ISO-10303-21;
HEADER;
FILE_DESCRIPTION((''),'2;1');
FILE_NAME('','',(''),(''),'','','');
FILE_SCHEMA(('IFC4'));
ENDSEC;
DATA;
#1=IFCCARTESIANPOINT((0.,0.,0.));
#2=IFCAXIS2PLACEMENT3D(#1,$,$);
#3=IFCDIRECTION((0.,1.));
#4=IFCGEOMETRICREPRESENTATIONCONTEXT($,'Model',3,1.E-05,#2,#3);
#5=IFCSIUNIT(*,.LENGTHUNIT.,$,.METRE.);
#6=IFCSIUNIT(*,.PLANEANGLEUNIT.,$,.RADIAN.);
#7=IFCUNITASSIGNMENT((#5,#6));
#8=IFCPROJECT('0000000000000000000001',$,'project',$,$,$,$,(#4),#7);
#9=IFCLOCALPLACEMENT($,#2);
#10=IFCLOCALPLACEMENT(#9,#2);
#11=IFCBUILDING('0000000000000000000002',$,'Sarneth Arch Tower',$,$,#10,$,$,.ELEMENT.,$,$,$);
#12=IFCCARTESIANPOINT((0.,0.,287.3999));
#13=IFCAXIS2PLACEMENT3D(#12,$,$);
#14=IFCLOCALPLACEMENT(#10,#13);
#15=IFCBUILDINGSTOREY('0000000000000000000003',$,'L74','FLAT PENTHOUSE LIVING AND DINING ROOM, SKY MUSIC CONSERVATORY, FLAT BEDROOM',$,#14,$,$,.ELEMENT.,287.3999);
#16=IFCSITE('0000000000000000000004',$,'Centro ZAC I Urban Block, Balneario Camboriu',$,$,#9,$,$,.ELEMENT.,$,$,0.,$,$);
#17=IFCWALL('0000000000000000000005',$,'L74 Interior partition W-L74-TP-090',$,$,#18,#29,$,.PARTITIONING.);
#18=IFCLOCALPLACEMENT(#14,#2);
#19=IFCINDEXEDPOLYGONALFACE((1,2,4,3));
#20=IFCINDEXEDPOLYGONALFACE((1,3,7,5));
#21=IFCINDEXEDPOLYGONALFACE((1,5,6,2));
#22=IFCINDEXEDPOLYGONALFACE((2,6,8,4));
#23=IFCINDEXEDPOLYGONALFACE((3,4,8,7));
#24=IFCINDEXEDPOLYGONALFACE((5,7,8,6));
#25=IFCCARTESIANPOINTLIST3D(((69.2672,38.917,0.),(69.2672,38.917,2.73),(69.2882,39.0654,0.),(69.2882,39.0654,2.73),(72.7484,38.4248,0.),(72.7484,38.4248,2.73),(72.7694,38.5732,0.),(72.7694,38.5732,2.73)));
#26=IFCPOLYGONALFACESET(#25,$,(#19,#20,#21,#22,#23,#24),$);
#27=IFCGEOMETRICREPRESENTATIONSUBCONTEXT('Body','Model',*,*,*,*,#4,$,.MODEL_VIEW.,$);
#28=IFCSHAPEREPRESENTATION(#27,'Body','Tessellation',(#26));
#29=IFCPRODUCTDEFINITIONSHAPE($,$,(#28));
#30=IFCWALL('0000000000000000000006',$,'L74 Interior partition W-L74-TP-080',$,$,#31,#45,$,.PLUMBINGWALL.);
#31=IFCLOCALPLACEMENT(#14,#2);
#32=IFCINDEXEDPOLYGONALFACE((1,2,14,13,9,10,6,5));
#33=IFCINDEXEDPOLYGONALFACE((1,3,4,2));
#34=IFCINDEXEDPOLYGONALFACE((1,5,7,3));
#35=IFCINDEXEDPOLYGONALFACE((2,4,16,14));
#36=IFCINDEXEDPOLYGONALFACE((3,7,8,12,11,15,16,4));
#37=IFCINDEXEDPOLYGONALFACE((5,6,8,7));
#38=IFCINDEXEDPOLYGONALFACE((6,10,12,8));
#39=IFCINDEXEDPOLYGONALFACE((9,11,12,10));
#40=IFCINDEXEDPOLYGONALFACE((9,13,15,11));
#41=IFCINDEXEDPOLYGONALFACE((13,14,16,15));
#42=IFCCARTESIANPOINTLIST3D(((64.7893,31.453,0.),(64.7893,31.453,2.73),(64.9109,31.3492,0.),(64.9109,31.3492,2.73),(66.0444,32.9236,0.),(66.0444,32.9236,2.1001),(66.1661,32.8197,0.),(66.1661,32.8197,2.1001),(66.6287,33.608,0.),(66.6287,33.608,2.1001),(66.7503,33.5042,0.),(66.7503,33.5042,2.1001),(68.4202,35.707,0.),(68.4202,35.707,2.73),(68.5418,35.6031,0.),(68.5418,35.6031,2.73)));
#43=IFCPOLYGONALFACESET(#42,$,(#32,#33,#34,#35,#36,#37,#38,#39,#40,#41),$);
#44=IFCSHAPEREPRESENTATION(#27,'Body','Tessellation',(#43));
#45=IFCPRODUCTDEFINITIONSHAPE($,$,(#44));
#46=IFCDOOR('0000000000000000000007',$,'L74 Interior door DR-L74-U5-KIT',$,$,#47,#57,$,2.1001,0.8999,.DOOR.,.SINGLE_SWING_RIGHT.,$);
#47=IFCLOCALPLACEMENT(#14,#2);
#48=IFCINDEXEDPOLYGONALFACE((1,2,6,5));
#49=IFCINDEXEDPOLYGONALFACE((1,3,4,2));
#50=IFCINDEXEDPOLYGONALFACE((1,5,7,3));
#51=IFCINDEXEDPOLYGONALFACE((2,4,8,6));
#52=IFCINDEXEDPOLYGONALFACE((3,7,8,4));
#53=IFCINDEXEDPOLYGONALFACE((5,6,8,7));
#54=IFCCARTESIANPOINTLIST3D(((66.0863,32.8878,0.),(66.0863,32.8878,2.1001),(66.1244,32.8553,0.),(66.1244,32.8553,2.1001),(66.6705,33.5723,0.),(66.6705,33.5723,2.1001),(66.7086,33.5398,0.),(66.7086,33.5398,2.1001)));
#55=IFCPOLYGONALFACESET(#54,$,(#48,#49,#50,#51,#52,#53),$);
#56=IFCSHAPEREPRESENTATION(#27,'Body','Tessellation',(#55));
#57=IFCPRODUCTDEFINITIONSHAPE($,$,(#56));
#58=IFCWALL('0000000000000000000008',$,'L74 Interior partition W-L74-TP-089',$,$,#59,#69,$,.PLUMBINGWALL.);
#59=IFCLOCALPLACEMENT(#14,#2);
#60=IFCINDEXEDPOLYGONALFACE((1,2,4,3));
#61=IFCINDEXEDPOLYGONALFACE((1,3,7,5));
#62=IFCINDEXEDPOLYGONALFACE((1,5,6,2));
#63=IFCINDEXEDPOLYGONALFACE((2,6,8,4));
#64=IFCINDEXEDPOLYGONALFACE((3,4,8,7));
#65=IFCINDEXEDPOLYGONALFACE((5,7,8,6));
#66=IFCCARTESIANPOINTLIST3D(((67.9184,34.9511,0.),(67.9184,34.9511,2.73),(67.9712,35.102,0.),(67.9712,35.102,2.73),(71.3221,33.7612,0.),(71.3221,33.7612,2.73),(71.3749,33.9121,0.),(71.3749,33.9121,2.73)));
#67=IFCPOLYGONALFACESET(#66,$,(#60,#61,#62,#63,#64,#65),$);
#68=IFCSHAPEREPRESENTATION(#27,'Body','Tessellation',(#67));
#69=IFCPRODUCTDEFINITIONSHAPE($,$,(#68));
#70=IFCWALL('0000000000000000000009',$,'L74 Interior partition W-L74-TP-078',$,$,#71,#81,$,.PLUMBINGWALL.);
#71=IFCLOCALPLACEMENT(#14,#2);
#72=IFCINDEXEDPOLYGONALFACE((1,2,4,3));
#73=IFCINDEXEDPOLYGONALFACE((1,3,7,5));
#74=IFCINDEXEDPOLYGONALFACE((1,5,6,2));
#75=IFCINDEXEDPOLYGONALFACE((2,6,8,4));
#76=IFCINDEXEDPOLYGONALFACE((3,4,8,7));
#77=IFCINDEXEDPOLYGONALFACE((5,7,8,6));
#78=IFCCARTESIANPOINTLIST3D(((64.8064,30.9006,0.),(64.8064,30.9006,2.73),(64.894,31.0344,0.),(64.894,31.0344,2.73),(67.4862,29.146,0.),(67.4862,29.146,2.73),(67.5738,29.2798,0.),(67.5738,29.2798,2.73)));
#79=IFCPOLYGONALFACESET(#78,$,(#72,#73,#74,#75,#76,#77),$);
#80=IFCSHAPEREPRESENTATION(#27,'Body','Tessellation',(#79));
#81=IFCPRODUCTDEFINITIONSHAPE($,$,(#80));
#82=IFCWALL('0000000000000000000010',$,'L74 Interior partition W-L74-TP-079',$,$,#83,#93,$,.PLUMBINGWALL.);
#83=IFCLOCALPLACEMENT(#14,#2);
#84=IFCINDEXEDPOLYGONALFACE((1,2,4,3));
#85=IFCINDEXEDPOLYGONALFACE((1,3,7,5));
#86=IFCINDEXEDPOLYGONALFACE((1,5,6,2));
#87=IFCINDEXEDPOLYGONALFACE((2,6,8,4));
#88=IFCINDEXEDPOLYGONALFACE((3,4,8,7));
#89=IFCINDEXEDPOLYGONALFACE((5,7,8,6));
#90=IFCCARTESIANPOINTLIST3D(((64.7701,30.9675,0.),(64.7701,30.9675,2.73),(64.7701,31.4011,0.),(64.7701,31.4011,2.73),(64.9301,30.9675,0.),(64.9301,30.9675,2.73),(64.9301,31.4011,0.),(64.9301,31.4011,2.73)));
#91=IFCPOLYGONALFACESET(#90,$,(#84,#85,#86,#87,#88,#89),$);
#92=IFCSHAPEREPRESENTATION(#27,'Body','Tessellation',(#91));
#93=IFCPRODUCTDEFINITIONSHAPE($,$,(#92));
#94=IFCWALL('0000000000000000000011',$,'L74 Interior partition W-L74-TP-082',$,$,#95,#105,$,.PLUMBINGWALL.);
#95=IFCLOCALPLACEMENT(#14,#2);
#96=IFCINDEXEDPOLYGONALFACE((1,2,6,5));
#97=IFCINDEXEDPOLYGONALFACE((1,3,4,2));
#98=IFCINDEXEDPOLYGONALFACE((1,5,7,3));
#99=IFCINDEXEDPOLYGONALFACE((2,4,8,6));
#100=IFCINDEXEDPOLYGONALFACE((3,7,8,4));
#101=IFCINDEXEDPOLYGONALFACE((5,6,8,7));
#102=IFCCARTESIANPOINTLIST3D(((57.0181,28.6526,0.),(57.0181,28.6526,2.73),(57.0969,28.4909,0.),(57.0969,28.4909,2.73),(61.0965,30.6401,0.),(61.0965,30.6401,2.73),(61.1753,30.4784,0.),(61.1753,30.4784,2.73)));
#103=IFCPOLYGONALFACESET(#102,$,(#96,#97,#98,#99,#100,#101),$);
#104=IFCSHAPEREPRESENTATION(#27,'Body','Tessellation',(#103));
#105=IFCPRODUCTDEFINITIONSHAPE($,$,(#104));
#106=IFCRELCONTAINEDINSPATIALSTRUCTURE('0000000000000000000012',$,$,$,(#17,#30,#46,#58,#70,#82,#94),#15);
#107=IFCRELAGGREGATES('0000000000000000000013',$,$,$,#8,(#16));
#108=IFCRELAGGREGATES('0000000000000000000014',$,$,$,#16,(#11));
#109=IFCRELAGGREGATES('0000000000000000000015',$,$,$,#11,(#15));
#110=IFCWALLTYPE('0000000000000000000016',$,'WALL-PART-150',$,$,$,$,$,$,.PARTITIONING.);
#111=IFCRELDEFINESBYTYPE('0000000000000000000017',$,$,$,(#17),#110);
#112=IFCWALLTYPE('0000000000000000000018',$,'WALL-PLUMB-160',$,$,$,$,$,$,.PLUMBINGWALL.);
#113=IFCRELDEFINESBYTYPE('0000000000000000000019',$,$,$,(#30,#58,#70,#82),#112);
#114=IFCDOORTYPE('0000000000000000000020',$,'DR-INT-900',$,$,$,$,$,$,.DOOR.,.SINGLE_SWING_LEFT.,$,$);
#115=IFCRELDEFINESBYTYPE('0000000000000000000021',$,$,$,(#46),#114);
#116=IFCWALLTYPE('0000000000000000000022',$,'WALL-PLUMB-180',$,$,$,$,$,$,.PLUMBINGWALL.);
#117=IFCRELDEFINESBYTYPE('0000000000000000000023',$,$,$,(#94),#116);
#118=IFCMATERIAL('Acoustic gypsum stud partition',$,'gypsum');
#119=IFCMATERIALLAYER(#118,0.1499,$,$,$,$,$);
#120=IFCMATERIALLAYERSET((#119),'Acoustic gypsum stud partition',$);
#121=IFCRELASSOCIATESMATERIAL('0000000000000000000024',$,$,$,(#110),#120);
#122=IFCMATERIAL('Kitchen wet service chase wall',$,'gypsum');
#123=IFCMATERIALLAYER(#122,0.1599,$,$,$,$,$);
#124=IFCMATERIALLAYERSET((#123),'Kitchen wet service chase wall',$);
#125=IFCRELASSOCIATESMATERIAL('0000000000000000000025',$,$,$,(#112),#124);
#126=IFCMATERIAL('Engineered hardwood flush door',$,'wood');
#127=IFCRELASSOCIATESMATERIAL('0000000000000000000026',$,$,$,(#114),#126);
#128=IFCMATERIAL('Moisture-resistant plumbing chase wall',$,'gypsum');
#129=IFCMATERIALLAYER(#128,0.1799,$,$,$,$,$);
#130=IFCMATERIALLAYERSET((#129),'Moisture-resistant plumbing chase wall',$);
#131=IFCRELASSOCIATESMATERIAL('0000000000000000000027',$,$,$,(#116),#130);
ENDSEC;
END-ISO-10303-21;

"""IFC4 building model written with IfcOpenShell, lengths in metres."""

from ifc_helpers import new_model, si_unit, direction, frame, frame_2d, origin, place, context, subcontext, project, spatial, rectangle, extrude, material, layer, layer_set, type_object, element, fill, save


model = new_model("IFC4")

# Units and contexts
model_context = context("Model", 3, precision=1e-05, world=origin(), true_north=direction((0.0, 1.0)))
body_context = subcontext(model_context, "Body", "Model", "MODEL_VIEW")
ifc_project = project(units=[si_unit("LENGTHUNIT", "METRE"), si_unit("PLANEANGLEUNIT", "RADIAN")], contexts=[model_context])

# Site, building, storey
site_placement = place(None, origin())
site = spatial("IfcSite", under=ifc_project, at=site_placement, Name="Centro ZAC I Urban Block, Balneario Camboriu", CompositionType="ELEMENT", RefElevation=0.0)
building_placement = place(site_placement, origin())
building = spatial("IfcBuilding", under=site, at=building_placement, Name="Sarneth Arch Tower", CompositionType="ELEMENT")
storey_placement = place(building_placement, frame((0.0, 0.0, 287.3999)))
storey = spatial("IfcBuildingStorey", under=building, at=storey_placement, Name="L74", Description="FLAT PENTHOUSE LIVING AND DINING ROOM, SKY MUSIC CONSERVATORY, FLAT BEDROOM", CompositionType="ELEMENT", Elevation=287.3999)

# Wall
ifc_material_1 = material(Name="Acoustic gypsum stud partition", Category="gypsum")
ifc_layer_1 = layer(ifc_material_1, 0.1499)
ifc_layer_set_1 = layer_set([ifc_layer_1], Name="Acoustic gypsum stud partition")
wall_type_1 = type_object("IfcWallType", Name="WALL-PART-150", PredefinedType="PARTITIONING", material=ifc_layer_set_1)
wall_1_placement = place(storey_placement, frame((72.7588, 38.499, 0.0), z_axis=(0.0, 0.0, 1.0), x_axis=(-0.990153, 0.139992, 0.0)))
element("IfcWall", 1, at=wall_1_placement, inside=storey, type_object=wall_type_1, Name="L74 Interior partition W-L74-TP-090", PredefinedType="PARTITIONING", context=body_context, shape_type="SweptSolid", body=[
    extrude(rectangle(XDim=3.5159, YDim=0.1499, at=frame_2d((1.7578, 0.0))), origin(), (0.0, 0.0, 1.0), 2.73),
])

# Wall, opening, door
ifc_material_2 = material(Name="Kitchen wet service chase wall", Category="gypsum")
ifc_layer_2 = layer(ifc_material_2, 0.1599)
ifc_layer_set_2 = layer_set([ifc_layer_2], Name="Kitchen wet service chase wall")
wall_type_2 = type_object("IfcWallType", Name="WALL-PLUMB-160", PredefinedType="PLUMBINGWALL", material=ifc_layer_set_2)
wall_2_placement = place(storey_placement, frame((64.8501, 31.4011, 0.0), z_axis=(0.0, 0.0, 1.0), x_axis=(0.649208, 0.760611, 0.0)))
wall_2 = element("IfcWall", 2, at=wall_2_placement, inside=storey, type_object=wall_type_2, Name="L74 Interior partition W-L74-TP-080", PredefinedType="PLUMBINGWALL", context=body_context, shape_type="SweptSolid", body=[
    extrude(rectangle(XDim=5.5928, YDim=0.1599, at=frame_2d((2.7964, 0.0))), origin(), (0.0, 0.0, 1.0), 2.73),
])
opening_1_placement = place(wall_2_placement, frame((1.9333, 0.0, 0.0)))
opening_1 = element("IfcOpeningElement", 3, at=opening_1_placement, cuts=wall_2, PredefinedType="OPENING", context=body_context, shape_type="SweptSolid", body=[
    extrude(rectangle(XDim=0.8999, YDim=2.1001, at=frame_2d((0.45, 1.05))), frame((0.0, 0.0898, 0.0), z_axis=(0.0, -1.0, 0.0), x_axis=(1.0, 0.0, 0.0)), (0.0, 0.0, 1.0), 0.1799),
])
ifc_material_3 = material(Name="Engineered hardwood flush door", Category="wood")
door_type_1 = type_object("IfcDoorType", Name="DR-INT-900", OperationType="SINGLE_SWING_LEFT", PredefinedType="DOOR", material=ifc_material_3)
door_1_placement = place(opening_1_placement, origin())
door_1 = element("IfcDoor", 4, at=door_1_placement, inside=storey, type_object=door_type_1, Name="L74 Interior door DR-L74-U5-KIT", OperationType="SINGLE_SWING_RIGHT", OverallHeight=2.1001, OverallWidth=0.8999, PredefinedType="DOOR", context=body_context, shape_type="SweptSolid", body=[
    extrude(rectangle(XDim=0.8999, YDim=2.1001, at=frame_2d((0.45, 1.05))), frame((0.0, 0.0249, 0.0), z_axis=(0.0, -1.0, 0.0), x_axis=(1.0, 0.0, 0.0)), (0.0, 0.0, 1.0), 0.05),
])
fill(opening_1, door_1)

# Walls
wall_3_placement = place(storey_placement, frame((71.3484, 33.8367, 0.0), z_axis=(0.0, 0.0, 1.0), x_axis=(-0.943979, 0.330007, 0.0)))
element("IfcWall", 5, at=wall_3_placement, inside=storey, type_object=wall_type_2, Name="L74 Interior partition W-L74-TP-089", PredefinedType="PLUMBINGWALL", context=body_context, shape_type="SweptSolid", body=[
    extrude(rectangle(XDim=3.6057, YDim=0.1599, at=frame_2d((1.8027, 0.0))), origin(), (0.0, 0.0, 1.0), 2.73),
])
wall_4_placement = place(storey_placement, frame((67.53, 29.2129, 0.0), z_axis=(0.0, 0.0, 1.0), x_axis=(-0.83663, 0.547769, 0.0)))
element("IfcWall", 6, at=wall_4_placement, inside=storey, type_object=wall_type_2, Name="L74 Interior partition W-L74-TP-078", PredefinedType="PLUMBINGWALL", context=body_context, shape_type="SweptSolid", body=[
    extrude(rectangle(XDim=3.2031, YDim=0.1599, at=frame_2d((1.6016, 0.0))), origin(), (0.0, 0.0, 1.0), 2.73),
])
wall_5_placement = place(storey_placement, frame((64.8501, 30.9675, 0.0), z_axis=(0.0, 0.0, 1.0), x_axis=(0.0, 1.0, 0.0)))
element("IfcWall", 7, at=wall_5_placement, inside=storey, type_object=wall_type_2, Name="L74 Interior partition W-L74-TP-079", PredefinedType="PLUMBINGWALL", context=body_context, shape_type="SweptSolid", body=[
    extrude(rectangle(XDim=0.4336, YDim=0.1599, at=frame_2d((0.2168, 0.0))), origin(), (0.0, 0.0, 1.0), 2.73),
])
ifc_material_4 = material(Name="Moisture-resistant plumbing chase wall", Category="gypsum")
ifc_layer_3 = layer(ifc_material_4, 0.1799)
ifc_layer_set_3 = layer_set([ifc_layer_3], Name="Moisture-resistant plumbing chase wall")
wall_type_3 = type_object("IfcWallType", Name="WALL-PLUMB-180", PredefinedType="PLUMBINGWALL", material=ifc_layer_set_3)
wall_6_placement = place(storey_placement, frame((61.136, 30.5593, 0.0), z_axis=(0.0, 0.0, 1.0), x_axis=(-0.898933, -0.438085, 0.0)))
element("IfcWall", 8, at=wall_6_placement, inside=storey, type_object=wall_type_3, Name="L74 Interior partition W-L74-TP-082", PredefinedType="PLUMBINGWALL", context=body_context, shape_type="SweptSolid", body=[
    extrude(rectangle(XDim=4.5369, YDim=0.1799, at=frame_2d((2.2686, 0.0))), origin(), (0.0, 0.0, 1.0), 2.73),
])

save(model, "model.ifc")
